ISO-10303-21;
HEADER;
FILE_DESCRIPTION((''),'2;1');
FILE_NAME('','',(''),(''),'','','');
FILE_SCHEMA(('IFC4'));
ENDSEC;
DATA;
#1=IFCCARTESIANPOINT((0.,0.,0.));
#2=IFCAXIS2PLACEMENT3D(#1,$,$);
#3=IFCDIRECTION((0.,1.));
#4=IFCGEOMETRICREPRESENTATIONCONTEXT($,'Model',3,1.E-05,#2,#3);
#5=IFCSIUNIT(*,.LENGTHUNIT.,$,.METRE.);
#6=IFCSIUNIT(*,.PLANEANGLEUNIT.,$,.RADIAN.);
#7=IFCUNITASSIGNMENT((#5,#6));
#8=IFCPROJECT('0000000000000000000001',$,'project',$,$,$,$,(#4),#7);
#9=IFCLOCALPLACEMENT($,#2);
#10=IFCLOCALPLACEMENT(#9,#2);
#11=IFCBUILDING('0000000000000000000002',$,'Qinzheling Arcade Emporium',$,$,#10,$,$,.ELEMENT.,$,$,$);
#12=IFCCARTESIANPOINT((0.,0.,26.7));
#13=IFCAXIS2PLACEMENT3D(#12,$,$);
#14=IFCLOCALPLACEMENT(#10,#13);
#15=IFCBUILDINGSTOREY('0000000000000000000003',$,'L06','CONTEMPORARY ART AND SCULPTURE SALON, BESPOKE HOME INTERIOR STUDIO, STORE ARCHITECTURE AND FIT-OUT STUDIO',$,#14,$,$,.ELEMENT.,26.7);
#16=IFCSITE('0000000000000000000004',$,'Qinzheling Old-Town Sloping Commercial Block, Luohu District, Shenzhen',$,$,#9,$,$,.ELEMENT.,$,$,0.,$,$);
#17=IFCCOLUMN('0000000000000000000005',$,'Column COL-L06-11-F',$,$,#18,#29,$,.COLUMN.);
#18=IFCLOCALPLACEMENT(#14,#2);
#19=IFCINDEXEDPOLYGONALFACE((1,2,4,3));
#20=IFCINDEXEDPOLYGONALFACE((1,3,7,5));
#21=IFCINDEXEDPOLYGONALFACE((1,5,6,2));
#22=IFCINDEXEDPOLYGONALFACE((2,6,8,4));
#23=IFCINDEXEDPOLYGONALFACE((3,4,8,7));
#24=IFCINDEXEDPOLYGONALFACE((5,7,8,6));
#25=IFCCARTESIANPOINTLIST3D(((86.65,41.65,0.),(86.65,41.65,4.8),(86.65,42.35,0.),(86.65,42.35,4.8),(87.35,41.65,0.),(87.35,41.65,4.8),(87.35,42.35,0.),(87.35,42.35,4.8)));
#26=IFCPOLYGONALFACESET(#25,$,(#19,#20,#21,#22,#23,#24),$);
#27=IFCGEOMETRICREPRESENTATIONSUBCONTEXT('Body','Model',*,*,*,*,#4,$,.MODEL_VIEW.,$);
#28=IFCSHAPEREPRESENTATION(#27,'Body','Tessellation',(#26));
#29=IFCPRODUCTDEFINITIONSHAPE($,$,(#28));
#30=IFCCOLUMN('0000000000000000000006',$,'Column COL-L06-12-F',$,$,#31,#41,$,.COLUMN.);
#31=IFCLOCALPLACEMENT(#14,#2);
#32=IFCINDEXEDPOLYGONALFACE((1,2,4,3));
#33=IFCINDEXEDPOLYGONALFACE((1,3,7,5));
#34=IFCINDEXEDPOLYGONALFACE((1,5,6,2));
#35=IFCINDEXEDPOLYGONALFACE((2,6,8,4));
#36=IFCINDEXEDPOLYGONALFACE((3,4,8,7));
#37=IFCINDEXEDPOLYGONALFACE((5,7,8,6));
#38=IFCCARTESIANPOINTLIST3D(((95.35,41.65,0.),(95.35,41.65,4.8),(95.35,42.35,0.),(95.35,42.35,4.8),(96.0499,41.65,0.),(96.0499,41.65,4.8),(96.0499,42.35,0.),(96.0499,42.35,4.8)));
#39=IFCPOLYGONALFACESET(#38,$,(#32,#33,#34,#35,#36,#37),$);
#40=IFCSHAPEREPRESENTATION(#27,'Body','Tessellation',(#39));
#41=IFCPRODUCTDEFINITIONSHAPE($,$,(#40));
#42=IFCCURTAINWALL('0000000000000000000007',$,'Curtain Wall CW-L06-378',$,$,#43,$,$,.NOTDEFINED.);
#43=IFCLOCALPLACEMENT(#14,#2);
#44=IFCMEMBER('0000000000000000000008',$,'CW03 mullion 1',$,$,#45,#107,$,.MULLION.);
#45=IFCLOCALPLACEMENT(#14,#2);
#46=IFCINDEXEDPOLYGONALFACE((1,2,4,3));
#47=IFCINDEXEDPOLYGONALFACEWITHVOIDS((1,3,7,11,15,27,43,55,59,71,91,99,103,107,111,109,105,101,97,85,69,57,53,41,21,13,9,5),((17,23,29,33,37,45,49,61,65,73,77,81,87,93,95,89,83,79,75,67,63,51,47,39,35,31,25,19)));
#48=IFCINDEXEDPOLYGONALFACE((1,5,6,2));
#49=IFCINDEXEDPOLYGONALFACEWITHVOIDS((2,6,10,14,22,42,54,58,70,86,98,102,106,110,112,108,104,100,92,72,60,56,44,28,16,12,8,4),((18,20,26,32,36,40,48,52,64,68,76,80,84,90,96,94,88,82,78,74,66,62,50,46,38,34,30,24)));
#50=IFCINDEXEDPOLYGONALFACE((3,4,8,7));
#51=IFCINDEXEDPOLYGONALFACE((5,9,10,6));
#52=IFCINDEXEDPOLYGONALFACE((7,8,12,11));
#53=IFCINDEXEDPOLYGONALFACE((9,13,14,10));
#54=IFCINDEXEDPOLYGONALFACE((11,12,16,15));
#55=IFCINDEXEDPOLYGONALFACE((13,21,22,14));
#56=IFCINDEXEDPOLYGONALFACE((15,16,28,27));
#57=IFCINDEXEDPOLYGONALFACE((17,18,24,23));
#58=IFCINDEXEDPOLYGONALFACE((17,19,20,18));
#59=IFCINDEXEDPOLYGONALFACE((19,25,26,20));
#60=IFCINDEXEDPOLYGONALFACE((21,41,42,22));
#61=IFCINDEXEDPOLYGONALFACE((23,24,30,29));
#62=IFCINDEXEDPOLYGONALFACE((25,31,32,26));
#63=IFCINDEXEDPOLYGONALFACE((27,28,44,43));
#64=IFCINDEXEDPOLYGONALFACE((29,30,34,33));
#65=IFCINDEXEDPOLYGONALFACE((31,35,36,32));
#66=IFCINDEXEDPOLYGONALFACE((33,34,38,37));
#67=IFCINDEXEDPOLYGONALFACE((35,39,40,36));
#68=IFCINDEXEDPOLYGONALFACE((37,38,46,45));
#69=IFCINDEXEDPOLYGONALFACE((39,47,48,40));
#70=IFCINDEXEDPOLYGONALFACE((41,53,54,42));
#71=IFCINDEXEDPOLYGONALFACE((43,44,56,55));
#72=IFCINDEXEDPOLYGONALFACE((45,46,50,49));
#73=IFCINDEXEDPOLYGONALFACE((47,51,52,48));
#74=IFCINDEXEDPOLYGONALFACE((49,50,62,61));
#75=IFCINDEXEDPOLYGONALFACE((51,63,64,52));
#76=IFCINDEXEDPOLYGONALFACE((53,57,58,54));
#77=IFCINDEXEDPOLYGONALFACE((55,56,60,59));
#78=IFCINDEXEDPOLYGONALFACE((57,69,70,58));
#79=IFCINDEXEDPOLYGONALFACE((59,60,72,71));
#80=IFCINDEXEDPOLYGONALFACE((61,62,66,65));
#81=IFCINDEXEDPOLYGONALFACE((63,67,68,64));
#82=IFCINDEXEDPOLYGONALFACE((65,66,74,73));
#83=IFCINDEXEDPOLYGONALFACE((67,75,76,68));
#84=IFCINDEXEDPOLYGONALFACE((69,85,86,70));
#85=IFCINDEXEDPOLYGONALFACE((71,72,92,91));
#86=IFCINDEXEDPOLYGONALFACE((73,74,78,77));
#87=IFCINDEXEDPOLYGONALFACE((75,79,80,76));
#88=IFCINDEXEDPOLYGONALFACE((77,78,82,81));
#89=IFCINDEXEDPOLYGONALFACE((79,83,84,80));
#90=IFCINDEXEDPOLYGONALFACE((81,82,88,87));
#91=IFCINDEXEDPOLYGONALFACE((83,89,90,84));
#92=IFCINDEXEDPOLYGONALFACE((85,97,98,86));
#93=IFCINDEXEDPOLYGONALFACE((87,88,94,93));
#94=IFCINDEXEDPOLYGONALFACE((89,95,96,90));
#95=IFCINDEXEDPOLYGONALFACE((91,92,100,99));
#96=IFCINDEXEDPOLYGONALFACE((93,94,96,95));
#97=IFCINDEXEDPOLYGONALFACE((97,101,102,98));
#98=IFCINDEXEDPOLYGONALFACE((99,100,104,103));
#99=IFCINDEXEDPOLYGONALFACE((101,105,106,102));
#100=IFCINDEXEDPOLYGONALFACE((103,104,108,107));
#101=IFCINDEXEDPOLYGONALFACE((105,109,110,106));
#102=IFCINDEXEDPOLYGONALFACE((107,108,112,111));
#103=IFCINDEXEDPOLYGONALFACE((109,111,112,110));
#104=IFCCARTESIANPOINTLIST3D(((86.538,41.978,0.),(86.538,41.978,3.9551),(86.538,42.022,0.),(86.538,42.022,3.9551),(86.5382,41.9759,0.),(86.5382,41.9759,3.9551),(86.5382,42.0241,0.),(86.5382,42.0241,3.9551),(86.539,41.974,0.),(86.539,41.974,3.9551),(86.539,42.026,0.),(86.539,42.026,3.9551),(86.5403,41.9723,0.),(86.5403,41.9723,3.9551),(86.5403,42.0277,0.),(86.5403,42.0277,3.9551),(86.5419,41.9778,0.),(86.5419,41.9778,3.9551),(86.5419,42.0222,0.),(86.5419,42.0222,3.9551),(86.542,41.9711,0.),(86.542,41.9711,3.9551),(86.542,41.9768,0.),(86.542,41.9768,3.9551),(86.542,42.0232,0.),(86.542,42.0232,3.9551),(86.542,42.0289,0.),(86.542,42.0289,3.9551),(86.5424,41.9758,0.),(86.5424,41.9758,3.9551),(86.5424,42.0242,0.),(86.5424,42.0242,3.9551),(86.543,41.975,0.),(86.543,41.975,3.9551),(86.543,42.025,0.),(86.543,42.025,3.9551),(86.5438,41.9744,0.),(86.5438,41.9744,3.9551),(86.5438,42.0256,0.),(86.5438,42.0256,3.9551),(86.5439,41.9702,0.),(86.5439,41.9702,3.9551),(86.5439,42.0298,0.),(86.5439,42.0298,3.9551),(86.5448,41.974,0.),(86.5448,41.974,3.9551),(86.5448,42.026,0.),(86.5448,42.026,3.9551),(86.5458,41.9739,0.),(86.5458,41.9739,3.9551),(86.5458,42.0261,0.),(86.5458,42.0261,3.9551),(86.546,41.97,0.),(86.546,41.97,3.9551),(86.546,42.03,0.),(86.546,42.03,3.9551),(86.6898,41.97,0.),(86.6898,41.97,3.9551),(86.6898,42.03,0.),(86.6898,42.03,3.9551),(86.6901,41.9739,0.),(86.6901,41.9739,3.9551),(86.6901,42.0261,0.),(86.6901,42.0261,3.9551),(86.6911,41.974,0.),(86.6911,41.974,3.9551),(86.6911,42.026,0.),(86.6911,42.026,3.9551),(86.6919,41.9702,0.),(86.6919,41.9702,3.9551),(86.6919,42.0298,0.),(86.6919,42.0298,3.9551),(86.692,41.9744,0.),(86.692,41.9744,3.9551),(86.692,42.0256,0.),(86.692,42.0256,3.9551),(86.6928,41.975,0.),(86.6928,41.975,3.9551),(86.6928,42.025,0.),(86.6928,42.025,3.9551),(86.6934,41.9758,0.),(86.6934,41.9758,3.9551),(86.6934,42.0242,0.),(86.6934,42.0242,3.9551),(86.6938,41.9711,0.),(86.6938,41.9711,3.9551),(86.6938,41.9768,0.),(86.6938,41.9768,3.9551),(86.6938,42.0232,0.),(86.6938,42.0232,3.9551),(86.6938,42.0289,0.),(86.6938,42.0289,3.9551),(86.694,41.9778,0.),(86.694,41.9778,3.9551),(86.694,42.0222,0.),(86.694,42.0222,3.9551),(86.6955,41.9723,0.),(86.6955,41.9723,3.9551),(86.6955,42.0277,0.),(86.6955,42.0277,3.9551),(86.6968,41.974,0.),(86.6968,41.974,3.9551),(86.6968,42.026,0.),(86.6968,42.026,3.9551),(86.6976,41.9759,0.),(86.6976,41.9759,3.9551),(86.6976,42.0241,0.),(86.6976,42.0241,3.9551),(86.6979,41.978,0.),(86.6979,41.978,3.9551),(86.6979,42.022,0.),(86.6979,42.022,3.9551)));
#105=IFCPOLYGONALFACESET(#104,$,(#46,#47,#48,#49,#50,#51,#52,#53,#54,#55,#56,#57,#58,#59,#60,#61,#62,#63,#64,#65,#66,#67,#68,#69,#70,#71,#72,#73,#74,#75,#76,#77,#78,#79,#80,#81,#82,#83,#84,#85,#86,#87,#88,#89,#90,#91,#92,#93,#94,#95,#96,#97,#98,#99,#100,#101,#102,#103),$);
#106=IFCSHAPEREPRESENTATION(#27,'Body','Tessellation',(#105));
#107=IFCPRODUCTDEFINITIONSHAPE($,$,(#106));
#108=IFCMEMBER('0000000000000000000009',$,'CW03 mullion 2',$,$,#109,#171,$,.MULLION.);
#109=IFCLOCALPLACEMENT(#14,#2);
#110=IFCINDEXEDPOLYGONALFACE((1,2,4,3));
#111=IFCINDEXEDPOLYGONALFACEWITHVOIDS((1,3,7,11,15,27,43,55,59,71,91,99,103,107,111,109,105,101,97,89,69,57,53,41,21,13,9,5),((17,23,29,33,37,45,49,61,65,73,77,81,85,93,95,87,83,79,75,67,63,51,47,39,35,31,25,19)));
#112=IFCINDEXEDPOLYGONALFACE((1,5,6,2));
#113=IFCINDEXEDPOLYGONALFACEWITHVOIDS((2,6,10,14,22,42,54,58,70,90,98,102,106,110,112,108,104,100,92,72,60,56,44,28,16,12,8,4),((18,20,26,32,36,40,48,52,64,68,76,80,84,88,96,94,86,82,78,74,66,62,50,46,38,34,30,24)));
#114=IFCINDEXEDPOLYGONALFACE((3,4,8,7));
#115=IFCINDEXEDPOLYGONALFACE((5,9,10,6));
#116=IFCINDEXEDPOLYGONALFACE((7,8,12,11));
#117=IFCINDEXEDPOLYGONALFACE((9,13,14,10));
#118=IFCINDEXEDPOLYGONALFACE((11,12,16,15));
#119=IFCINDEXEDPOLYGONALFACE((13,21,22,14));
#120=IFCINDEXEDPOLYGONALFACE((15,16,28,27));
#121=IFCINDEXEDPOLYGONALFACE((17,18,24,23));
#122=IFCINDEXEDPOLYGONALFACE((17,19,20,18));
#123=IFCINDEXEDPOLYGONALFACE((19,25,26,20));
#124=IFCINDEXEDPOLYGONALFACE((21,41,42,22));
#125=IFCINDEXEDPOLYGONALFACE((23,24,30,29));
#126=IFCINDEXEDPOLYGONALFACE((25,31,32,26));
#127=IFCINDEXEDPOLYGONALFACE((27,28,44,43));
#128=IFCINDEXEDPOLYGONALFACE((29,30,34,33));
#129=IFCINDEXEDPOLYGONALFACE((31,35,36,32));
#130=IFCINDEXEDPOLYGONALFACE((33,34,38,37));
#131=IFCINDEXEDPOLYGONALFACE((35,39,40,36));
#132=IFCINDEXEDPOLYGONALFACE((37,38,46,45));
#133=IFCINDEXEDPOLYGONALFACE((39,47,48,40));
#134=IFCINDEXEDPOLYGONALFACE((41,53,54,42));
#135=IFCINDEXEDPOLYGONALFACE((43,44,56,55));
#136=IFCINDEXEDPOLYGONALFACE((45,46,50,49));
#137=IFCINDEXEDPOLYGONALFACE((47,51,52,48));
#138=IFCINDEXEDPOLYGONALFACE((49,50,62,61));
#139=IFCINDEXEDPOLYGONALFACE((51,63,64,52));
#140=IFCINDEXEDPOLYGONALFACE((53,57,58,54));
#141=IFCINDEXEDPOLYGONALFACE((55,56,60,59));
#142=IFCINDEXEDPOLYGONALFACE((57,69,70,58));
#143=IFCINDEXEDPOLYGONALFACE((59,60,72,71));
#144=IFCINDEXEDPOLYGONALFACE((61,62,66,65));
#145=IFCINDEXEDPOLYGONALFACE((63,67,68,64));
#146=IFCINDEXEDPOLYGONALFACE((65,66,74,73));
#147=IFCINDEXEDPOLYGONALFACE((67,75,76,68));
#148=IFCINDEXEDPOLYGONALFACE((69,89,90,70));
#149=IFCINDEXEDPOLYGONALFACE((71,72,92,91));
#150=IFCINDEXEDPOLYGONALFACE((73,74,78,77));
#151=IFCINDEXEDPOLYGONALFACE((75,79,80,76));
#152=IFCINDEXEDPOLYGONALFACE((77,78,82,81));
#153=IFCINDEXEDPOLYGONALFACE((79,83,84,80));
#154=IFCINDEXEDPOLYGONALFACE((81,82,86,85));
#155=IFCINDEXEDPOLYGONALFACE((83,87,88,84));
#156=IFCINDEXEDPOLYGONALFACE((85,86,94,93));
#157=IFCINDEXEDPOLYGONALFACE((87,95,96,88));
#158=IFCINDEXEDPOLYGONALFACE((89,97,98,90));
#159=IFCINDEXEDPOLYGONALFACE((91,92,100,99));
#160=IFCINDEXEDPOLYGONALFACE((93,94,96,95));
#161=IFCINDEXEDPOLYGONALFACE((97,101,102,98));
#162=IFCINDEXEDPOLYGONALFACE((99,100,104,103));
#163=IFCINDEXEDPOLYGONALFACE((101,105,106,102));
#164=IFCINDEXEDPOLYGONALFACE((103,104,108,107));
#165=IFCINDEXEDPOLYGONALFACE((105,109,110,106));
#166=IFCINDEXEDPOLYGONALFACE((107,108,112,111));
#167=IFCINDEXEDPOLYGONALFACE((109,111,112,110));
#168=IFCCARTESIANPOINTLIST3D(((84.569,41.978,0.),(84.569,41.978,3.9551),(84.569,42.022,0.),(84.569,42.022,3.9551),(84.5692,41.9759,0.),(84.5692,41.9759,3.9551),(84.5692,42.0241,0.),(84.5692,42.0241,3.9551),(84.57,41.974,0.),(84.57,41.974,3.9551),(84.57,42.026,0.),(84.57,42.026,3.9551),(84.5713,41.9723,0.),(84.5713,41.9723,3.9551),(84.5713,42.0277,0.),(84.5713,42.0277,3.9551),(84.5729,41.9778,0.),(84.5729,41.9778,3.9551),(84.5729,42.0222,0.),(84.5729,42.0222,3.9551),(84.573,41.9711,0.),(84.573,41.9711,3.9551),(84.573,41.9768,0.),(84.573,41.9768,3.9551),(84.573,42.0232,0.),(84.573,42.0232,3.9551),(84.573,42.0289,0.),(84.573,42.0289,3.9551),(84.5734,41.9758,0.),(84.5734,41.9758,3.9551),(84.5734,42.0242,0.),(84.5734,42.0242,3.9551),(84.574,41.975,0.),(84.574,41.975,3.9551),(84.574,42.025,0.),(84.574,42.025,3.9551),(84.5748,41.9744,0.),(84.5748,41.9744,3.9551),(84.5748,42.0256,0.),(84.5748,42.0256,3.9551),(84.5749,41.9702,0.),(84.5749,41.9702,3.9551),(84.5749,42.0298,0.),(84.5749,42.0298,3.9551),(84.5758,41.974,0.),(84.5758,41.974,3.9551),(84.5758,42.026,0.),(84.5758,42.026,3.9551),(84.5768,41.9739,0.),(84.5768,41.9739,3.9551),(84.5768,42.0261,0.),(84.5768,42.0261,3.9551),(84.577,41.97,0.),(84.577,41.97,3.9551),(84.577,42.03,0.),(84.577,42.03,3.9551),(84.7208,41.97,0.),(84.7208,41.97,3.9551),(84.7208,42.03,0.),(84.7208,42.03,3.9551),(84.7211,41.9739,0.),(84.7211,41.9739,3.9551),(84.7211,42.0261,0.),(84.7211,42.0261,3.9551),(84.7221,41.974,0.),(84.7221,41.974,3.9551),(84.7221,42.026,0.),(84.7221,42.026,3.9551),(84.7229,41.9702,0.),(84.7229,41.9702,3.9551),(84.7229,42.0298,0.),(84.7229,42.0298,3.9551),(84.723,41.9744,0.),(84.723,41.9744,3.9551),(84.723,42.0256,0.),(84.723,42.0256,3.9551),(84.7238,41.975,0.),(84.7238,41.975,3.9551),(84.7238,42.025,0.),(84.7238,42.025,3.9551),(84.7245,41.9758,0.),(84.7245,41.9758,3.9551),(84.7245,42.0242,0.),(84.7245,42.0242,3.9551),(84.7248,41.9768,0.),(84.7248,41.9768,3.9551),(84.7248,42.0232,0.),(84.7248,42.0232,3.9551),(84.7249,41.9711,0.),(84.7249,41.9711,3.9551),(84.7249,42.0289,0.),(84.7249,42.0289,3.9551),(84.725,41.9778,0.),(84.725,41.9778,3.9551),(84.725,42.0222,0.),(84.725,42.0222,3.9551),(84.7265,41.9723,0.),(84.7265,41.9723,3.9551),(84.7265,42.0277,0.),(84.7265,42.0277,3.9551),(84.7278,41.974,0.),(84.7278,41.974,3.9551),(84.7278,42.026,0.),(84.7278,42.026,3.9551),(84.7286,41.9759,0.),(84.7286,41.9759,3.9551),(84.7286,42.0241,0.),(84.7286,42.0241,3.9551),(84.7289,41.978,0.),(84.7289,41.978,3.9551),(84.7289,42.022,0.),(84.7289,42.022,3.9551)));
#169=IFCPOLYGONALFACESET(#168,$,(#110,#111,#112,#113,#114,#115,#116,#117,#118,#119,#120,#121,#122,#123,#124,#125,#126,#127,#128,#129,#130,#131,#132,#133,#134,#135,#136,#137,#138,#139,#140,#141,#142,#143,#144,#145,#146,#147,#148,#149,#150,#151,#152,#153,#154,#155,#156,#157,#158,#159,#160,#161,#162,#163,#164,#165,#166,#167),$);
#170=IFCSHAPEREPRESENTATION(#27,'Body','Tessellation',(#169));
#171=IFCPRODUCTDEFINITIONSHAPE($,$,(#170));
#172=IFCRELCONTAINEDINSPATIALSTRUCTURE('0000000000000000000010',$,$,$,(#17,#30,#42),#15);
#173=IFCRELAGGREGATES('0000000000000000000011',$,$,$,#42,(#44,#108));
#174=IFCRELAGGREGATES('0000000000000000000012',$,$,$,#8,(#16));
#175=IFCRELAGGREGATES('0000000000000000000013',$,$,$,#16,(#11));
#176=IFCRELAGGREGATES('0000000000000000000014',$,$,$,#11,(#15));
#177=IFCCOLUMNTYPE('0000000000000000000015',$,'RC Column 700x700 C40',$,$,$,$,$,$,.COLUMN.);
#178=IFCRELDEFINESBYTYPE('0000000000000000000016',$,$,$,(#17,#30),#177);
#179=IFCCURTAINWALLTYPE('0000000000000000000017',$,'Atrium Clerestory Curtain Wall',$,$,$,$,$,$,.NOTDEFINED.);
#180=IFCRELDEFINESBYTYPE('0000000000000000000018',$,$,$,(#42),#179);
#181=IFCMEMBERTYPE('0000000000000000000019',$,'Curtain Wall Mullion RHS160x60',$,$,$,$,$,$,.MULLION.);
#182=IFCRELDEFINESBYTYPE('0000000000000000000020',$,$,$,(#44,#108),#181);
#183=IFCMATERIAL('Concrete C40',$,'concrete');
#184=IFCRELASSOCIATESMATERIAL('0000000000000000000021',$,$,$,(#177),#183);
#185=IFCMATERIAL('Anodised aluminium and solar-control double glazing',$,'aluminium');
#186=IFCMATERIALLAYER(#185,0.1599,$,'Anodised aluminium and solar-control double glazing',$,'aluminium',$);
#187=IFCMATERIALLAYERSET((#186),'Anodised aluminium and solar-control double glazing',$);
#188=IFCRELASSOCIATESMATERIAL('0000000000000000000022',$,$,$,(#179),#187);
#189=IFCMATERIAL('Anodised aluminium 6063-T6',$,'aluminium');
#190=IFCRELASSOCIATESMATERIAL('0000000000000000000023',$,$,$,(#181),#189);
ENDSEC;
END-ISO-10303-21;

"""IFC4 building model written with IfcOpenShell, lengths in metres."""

from ifc_helpers import new_model, si_unit, direction, frame, origin, origin_2d, place, context, subcontext, project, spatial, rectangle, hollow_rectangle, extrude, material, layer, layer_set, material_profile, profile_set, type_object, element, aggregate, save


model = new_model("IFC4")

# Units and contexts
model_context = context("Model", 3, precision=1e-05, world=origin(), true_north=direction((0.0, 1.0)))
body_context = subcontext(model_context, "Body", "Model", "MODEL_VIEW")
ifc_project = project(units=[si_unit("LENGTHUNIT", "METRE"), si_unit("PLANEANGLEUNIT", "RADIAN")], contexts=[model_context])

# Site, building, storey
site_placement = place(None, origin())
site = spatial("IfcSite", under=ifc_project, at=site_placement, Name="Qinzheling Old-Town Sloping Commercial Block, Luohu District, Shenzhen", CompositionType="ELEMENT", RefElevation=0.0)
building_placement = place(site_placement, origin())
building = spatial("IfcBuilding", under=site, at=building_placement, Name="Qinzheling Arcade Emporium", CompositionType="ELEMENT")
storey_placement = place(building_placement, frame((0.0, 0.0, 26.7)))
storey = spatial("IfcBuildingStorey", under=building, at=storey_placement, Name="L06", Description="CONTEMPORARY ART AND SCULPTURE SALON, BESPOKE HOME INTERIOR STUDIO, STORE ARCHITECTURE AND FIT-OUT STUDIO", CompositionType="ELEMENT", Elevation=26.7)

# Columns
ifc_material_1 = material(Name="Concrete C40", Category="concrete")
ifc_material_profile_1 = material_profile(ifc_material_1, rectangle(XDim=0.7, YDim=0.7, at=origin_2d()), Name="RC 700x700", Category="concrete")
ifc_profile_set_1 = profile_set([ifc_material_profile_1], Name="Concrete C40")
column_type = type_object("IfcColumnType", Name="RC Column 700x700 C40", PredefinedType="COLUMN", material=ifc_profile_set_1)
for number, where, z_axis, x_axis, name in (
    (1, (87.0, 42.0, 0.0), (0.0, 0.0, 1.0), (1.0, 0.0, 0.0), "Column COL-L06-11-F"),
    (2, (95.7, 42.0, 0.0), (0.0, 0.0, 1.0), (1.0, 0.0, 0.0), "Column COL-L06-12-F"),
):
    element("IfcColumn", number, at=place(storey_placement, frame(where, z_axis=z_axis, x_axis=x_axis)), inside=storey, type_object=column_type, Name=name, PredefinedType="COLUMN", context=body_context, shape_type="SweptSolid", body=[
        extrude(rectangle(XDim=0.7, YDim=0.7, at=origin_2d()), origin(), (0.0, 0.0, 1.0), 4.8),
    ])

# Curtain wall, members
ifc_material_2 = material(Name="Anodised aluminium and solar-control double glazing", Category="aluminium")
ifc_layer_1 = layer(ifc_material_2, 0.1599, Name="Anodised aluminium and solar-control double glazing", Category="aluminium")
ifc_layer_set_1 = layer_set([ifc_layer_1], Name="Anodised aluminium and solar-control double glazing")
curtain_wall_type = type_object("IfcCurtainWallType", Name="Atrium Clerestory Curtain Wall", PredefinedType="NOTDEFINED", material=ifc_layer_set_1)
curtain_wall_placement = place(storey_placement, origin())
curtain_wall = element("IfcCurtainWall", 3, at=curtain_wall_placement, inside=storey, type_object=curtain_wall_type, Name="Curtain Wall CW-L06-378", PredefinedType="NOTDEFINED")
ifc_material_3 = material(Name="Anodised aluminium 6063-T6", Category="aluminium")
ifc_material_profile_2 = material_profile(ifc_material_3, hollow_rectangle(XDim=0.0601, YDim=0.1599, WallThickness=0.0039, InnerFilletRadius=0.0039, OuterFilletRadius=0.0081, at=origin_2d()), Name="RHS 160x60x4", Category="aluminium")
ifc_profile_set_2 = profile_set([ifc_material_profile_2], Name="Anodised aluminium 6063-T6")
member_type_1 = type_object("IfcMemberType", Name="Curtain Wall Mullion RHS160x60", PredefinedType="MULLION", material=ifc_profile_set_2)
member_1_placement = place(storey_placement, frame((86.6179, 42.0, 0.0), z_axis=(0.0, 0.0, 1.0), x_axis=(0.0, -1.0, 0.0)))
member_1 = element("IfcMember", 4, at=member_1_placement, type_object=member_type_1, Name="CW03 mullion 1", PredefinedType="MULLION", context=body_context, shape_type="SweptSolid", body=[
    extrude(hollow_rectangle(XDim=0.0601, YDim=0.1599, WallThickness=0.0039, InnerFilletRadius=0.0039, OuterFilletRadius=0.0081, at=origin_2d()), origin(), (0.0, 0.0, 1.0), 3.9551),
])
member_2_placement = place(storey_placement, frame((84.6489, 42.0, 0.0), z_axis=(0.0, 0.0, 1.0), x_axis=(0.0, -1.0, 0.0)))
member_2 = element("IfcMember", 5, at=member_2_placement, type_object=member_type_1, Name="CW03 mullion 2", PredefinedType="MULLION", context=body_context, shape_type="SweptSolid", body=[
    extrude(hollow_rectangle(XDim=0.0601, YDim=0.1599, WallThickness=0.0039, InnerFilletRadius=0.0039, OuterFilletRadius=0.0081, at=origin_2d()), origin(), (0.0, 0.0, 1.0), 3.9551),
])
aggregate(curtain_wall, [member_1, member_2])

save(model, "model.ifc")
